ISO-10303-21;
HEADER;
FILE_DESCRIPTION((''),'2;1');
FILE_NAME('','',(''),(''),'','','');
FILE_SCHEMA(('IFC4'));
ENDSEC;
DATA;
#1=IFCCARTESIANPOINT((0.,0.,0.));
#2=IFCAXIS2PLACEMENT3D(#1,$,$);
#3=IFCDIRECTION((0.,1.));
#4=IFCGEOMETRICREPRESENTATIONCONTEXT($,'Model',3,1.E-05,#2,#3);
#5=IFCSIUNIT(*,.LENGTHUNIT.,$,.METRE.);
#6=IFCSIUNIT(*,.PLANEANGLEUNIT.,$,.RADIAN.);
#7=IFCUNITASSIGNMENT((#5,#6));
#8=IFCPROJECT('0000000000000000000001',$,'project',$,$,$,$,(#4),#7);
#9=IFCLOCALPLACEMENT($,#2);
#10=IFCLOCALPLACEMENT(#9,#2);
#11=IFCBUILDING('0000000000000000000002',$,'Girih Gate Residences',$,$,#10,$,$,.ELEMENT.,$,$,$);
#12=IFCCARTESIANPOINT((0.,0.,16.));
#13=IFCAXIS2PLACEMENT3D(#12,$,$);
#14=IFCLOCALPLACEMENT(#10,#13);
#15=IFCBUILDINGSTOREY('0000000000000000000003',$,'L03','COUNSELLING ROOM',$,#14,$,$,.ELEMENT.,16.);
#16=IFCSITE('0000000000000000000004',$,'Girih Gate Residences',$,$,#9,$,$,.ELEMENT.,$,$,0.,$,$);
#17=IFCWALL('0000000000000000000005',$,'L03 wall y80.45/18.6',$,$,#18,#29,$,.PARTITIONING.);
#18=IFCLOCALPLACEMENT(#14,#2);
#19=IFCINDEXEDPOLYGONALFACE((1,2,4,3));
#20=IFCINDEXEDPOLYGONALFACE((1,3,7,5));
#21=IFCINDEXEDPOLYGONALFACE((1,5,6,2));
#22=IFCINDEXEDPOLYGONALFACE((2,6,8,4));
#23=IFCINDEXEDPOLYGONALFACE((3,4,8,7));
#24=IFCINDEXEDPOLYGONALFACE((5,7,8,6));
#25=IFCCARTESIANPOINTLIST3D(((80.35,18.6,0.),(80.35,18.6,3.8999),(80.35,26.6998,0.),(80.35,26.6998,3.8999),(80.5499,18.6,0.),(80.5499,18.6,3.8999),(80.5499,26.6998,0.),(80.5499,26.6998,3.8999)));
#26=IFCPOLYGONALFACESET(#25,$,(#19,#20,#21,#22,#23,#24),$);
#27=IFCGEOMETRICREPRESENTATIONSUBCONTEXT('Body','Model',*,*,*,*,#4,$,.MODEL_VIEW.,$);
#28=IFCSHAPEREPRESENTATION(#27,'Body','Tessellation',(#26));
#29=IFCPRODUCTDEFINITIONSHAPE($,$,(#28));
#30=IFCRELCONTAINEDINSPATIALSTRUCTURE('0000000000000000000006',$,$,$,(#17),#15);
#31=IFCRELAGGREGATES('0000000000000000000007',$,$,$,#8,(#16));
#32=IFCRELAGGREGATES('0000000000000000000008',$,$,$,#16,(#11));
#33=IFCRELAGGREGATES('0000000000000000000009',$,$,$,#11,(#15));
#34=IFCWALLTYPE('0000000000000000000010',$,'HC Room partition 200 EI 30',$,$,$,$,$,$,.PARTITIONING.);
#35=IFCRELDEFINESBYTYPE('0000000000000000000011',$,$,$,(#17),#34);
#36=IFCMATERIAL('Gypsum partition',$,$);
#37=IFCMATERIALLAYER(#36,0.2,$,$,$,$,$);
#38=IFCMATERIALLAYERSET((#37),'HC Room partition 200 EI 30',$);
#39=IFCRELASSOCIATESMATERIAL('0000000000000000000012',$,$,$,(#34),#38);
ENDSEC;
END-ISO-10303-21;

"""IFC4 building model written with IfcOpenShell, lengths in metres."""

from ifc_helpers import new_model, si_unit, direction, frame, frame_2d, origin, place, context, subcontext, project, spatial, rectangle, extrude, material, layer, layer_set, type_object, element, save


model = new_model("IFC4")

# Units and contexts
model_context = context("Model", 3, precision=1e-05, world=origin(), true_north=direction((0.0, 1.0)))
body_context = subcontext(model_context, "Body", "Model", "MODEL_VIEW")
ifc_project = project(units=[si_unit("LENGTHUNIT", "METRE"), si_unit("PLANEANGLEUNIT", "RADIAN")], contexts=[model_context])

# Site, building, storey
site_placement = place(None, origin())
site = spatial("IfcSite", under=ifc_project, at=site_placement, Name="Girih Gate Residences", CompositionType="ELEMENT", RefElevation=0.0)
building_placement = place(site_placement, origin())
building = spatial("IfcBuilding", under=site, at=building_placement, Name="Girih Gate Residences", CompositionType="ELEMENT")
storey_placement = place(building_placement, frame((0.0, 0.0, 16.0)))
storey = spatial("IfcBuildingStorey", under=building, at=storey_placement, Name="L03", Description="COUNSELLING ROOM", CompositionType="ELEMENT", Elevation=16.0)

# Wall
ifc_material_1 = material(Name="Gypsum partition")
ifc_layer_1 = layer(ifc_material_1, 0.2)
ifc_layer_set_1 = layer_set([ifc_layer_1], Name="HC Room partition 200 EI 30")
wall_type_1 = type_object("IfcWallType", Name="HC Room partition 200 EI 30", PredefinedType="PARTITIONING", material=ifc_layer_set_1)
wall_1_placement = place(storey_placement, frame((80.45, 18.6001, 0.0), z_axis=(0.0, 0.0, 1.0), x_axis=(0.0, 1.0, 0.0)))
element("IfcWall", 1, at=wall_1_placement, inside=storey, type_object=wall_type_1, Name="L03 wall y80.45/18.6", PredefinedType="PARTITIONING", context=body_context, shape_type="SweptSolid", body=[
    extrude(rectangle(XDim=8.0999, YDim=0.2, at=frame_2d((4.0498, 0.0))), origin(), (0.0, 0.0, 1.0), 3.8999),
])

save(model, "model.ifc")
